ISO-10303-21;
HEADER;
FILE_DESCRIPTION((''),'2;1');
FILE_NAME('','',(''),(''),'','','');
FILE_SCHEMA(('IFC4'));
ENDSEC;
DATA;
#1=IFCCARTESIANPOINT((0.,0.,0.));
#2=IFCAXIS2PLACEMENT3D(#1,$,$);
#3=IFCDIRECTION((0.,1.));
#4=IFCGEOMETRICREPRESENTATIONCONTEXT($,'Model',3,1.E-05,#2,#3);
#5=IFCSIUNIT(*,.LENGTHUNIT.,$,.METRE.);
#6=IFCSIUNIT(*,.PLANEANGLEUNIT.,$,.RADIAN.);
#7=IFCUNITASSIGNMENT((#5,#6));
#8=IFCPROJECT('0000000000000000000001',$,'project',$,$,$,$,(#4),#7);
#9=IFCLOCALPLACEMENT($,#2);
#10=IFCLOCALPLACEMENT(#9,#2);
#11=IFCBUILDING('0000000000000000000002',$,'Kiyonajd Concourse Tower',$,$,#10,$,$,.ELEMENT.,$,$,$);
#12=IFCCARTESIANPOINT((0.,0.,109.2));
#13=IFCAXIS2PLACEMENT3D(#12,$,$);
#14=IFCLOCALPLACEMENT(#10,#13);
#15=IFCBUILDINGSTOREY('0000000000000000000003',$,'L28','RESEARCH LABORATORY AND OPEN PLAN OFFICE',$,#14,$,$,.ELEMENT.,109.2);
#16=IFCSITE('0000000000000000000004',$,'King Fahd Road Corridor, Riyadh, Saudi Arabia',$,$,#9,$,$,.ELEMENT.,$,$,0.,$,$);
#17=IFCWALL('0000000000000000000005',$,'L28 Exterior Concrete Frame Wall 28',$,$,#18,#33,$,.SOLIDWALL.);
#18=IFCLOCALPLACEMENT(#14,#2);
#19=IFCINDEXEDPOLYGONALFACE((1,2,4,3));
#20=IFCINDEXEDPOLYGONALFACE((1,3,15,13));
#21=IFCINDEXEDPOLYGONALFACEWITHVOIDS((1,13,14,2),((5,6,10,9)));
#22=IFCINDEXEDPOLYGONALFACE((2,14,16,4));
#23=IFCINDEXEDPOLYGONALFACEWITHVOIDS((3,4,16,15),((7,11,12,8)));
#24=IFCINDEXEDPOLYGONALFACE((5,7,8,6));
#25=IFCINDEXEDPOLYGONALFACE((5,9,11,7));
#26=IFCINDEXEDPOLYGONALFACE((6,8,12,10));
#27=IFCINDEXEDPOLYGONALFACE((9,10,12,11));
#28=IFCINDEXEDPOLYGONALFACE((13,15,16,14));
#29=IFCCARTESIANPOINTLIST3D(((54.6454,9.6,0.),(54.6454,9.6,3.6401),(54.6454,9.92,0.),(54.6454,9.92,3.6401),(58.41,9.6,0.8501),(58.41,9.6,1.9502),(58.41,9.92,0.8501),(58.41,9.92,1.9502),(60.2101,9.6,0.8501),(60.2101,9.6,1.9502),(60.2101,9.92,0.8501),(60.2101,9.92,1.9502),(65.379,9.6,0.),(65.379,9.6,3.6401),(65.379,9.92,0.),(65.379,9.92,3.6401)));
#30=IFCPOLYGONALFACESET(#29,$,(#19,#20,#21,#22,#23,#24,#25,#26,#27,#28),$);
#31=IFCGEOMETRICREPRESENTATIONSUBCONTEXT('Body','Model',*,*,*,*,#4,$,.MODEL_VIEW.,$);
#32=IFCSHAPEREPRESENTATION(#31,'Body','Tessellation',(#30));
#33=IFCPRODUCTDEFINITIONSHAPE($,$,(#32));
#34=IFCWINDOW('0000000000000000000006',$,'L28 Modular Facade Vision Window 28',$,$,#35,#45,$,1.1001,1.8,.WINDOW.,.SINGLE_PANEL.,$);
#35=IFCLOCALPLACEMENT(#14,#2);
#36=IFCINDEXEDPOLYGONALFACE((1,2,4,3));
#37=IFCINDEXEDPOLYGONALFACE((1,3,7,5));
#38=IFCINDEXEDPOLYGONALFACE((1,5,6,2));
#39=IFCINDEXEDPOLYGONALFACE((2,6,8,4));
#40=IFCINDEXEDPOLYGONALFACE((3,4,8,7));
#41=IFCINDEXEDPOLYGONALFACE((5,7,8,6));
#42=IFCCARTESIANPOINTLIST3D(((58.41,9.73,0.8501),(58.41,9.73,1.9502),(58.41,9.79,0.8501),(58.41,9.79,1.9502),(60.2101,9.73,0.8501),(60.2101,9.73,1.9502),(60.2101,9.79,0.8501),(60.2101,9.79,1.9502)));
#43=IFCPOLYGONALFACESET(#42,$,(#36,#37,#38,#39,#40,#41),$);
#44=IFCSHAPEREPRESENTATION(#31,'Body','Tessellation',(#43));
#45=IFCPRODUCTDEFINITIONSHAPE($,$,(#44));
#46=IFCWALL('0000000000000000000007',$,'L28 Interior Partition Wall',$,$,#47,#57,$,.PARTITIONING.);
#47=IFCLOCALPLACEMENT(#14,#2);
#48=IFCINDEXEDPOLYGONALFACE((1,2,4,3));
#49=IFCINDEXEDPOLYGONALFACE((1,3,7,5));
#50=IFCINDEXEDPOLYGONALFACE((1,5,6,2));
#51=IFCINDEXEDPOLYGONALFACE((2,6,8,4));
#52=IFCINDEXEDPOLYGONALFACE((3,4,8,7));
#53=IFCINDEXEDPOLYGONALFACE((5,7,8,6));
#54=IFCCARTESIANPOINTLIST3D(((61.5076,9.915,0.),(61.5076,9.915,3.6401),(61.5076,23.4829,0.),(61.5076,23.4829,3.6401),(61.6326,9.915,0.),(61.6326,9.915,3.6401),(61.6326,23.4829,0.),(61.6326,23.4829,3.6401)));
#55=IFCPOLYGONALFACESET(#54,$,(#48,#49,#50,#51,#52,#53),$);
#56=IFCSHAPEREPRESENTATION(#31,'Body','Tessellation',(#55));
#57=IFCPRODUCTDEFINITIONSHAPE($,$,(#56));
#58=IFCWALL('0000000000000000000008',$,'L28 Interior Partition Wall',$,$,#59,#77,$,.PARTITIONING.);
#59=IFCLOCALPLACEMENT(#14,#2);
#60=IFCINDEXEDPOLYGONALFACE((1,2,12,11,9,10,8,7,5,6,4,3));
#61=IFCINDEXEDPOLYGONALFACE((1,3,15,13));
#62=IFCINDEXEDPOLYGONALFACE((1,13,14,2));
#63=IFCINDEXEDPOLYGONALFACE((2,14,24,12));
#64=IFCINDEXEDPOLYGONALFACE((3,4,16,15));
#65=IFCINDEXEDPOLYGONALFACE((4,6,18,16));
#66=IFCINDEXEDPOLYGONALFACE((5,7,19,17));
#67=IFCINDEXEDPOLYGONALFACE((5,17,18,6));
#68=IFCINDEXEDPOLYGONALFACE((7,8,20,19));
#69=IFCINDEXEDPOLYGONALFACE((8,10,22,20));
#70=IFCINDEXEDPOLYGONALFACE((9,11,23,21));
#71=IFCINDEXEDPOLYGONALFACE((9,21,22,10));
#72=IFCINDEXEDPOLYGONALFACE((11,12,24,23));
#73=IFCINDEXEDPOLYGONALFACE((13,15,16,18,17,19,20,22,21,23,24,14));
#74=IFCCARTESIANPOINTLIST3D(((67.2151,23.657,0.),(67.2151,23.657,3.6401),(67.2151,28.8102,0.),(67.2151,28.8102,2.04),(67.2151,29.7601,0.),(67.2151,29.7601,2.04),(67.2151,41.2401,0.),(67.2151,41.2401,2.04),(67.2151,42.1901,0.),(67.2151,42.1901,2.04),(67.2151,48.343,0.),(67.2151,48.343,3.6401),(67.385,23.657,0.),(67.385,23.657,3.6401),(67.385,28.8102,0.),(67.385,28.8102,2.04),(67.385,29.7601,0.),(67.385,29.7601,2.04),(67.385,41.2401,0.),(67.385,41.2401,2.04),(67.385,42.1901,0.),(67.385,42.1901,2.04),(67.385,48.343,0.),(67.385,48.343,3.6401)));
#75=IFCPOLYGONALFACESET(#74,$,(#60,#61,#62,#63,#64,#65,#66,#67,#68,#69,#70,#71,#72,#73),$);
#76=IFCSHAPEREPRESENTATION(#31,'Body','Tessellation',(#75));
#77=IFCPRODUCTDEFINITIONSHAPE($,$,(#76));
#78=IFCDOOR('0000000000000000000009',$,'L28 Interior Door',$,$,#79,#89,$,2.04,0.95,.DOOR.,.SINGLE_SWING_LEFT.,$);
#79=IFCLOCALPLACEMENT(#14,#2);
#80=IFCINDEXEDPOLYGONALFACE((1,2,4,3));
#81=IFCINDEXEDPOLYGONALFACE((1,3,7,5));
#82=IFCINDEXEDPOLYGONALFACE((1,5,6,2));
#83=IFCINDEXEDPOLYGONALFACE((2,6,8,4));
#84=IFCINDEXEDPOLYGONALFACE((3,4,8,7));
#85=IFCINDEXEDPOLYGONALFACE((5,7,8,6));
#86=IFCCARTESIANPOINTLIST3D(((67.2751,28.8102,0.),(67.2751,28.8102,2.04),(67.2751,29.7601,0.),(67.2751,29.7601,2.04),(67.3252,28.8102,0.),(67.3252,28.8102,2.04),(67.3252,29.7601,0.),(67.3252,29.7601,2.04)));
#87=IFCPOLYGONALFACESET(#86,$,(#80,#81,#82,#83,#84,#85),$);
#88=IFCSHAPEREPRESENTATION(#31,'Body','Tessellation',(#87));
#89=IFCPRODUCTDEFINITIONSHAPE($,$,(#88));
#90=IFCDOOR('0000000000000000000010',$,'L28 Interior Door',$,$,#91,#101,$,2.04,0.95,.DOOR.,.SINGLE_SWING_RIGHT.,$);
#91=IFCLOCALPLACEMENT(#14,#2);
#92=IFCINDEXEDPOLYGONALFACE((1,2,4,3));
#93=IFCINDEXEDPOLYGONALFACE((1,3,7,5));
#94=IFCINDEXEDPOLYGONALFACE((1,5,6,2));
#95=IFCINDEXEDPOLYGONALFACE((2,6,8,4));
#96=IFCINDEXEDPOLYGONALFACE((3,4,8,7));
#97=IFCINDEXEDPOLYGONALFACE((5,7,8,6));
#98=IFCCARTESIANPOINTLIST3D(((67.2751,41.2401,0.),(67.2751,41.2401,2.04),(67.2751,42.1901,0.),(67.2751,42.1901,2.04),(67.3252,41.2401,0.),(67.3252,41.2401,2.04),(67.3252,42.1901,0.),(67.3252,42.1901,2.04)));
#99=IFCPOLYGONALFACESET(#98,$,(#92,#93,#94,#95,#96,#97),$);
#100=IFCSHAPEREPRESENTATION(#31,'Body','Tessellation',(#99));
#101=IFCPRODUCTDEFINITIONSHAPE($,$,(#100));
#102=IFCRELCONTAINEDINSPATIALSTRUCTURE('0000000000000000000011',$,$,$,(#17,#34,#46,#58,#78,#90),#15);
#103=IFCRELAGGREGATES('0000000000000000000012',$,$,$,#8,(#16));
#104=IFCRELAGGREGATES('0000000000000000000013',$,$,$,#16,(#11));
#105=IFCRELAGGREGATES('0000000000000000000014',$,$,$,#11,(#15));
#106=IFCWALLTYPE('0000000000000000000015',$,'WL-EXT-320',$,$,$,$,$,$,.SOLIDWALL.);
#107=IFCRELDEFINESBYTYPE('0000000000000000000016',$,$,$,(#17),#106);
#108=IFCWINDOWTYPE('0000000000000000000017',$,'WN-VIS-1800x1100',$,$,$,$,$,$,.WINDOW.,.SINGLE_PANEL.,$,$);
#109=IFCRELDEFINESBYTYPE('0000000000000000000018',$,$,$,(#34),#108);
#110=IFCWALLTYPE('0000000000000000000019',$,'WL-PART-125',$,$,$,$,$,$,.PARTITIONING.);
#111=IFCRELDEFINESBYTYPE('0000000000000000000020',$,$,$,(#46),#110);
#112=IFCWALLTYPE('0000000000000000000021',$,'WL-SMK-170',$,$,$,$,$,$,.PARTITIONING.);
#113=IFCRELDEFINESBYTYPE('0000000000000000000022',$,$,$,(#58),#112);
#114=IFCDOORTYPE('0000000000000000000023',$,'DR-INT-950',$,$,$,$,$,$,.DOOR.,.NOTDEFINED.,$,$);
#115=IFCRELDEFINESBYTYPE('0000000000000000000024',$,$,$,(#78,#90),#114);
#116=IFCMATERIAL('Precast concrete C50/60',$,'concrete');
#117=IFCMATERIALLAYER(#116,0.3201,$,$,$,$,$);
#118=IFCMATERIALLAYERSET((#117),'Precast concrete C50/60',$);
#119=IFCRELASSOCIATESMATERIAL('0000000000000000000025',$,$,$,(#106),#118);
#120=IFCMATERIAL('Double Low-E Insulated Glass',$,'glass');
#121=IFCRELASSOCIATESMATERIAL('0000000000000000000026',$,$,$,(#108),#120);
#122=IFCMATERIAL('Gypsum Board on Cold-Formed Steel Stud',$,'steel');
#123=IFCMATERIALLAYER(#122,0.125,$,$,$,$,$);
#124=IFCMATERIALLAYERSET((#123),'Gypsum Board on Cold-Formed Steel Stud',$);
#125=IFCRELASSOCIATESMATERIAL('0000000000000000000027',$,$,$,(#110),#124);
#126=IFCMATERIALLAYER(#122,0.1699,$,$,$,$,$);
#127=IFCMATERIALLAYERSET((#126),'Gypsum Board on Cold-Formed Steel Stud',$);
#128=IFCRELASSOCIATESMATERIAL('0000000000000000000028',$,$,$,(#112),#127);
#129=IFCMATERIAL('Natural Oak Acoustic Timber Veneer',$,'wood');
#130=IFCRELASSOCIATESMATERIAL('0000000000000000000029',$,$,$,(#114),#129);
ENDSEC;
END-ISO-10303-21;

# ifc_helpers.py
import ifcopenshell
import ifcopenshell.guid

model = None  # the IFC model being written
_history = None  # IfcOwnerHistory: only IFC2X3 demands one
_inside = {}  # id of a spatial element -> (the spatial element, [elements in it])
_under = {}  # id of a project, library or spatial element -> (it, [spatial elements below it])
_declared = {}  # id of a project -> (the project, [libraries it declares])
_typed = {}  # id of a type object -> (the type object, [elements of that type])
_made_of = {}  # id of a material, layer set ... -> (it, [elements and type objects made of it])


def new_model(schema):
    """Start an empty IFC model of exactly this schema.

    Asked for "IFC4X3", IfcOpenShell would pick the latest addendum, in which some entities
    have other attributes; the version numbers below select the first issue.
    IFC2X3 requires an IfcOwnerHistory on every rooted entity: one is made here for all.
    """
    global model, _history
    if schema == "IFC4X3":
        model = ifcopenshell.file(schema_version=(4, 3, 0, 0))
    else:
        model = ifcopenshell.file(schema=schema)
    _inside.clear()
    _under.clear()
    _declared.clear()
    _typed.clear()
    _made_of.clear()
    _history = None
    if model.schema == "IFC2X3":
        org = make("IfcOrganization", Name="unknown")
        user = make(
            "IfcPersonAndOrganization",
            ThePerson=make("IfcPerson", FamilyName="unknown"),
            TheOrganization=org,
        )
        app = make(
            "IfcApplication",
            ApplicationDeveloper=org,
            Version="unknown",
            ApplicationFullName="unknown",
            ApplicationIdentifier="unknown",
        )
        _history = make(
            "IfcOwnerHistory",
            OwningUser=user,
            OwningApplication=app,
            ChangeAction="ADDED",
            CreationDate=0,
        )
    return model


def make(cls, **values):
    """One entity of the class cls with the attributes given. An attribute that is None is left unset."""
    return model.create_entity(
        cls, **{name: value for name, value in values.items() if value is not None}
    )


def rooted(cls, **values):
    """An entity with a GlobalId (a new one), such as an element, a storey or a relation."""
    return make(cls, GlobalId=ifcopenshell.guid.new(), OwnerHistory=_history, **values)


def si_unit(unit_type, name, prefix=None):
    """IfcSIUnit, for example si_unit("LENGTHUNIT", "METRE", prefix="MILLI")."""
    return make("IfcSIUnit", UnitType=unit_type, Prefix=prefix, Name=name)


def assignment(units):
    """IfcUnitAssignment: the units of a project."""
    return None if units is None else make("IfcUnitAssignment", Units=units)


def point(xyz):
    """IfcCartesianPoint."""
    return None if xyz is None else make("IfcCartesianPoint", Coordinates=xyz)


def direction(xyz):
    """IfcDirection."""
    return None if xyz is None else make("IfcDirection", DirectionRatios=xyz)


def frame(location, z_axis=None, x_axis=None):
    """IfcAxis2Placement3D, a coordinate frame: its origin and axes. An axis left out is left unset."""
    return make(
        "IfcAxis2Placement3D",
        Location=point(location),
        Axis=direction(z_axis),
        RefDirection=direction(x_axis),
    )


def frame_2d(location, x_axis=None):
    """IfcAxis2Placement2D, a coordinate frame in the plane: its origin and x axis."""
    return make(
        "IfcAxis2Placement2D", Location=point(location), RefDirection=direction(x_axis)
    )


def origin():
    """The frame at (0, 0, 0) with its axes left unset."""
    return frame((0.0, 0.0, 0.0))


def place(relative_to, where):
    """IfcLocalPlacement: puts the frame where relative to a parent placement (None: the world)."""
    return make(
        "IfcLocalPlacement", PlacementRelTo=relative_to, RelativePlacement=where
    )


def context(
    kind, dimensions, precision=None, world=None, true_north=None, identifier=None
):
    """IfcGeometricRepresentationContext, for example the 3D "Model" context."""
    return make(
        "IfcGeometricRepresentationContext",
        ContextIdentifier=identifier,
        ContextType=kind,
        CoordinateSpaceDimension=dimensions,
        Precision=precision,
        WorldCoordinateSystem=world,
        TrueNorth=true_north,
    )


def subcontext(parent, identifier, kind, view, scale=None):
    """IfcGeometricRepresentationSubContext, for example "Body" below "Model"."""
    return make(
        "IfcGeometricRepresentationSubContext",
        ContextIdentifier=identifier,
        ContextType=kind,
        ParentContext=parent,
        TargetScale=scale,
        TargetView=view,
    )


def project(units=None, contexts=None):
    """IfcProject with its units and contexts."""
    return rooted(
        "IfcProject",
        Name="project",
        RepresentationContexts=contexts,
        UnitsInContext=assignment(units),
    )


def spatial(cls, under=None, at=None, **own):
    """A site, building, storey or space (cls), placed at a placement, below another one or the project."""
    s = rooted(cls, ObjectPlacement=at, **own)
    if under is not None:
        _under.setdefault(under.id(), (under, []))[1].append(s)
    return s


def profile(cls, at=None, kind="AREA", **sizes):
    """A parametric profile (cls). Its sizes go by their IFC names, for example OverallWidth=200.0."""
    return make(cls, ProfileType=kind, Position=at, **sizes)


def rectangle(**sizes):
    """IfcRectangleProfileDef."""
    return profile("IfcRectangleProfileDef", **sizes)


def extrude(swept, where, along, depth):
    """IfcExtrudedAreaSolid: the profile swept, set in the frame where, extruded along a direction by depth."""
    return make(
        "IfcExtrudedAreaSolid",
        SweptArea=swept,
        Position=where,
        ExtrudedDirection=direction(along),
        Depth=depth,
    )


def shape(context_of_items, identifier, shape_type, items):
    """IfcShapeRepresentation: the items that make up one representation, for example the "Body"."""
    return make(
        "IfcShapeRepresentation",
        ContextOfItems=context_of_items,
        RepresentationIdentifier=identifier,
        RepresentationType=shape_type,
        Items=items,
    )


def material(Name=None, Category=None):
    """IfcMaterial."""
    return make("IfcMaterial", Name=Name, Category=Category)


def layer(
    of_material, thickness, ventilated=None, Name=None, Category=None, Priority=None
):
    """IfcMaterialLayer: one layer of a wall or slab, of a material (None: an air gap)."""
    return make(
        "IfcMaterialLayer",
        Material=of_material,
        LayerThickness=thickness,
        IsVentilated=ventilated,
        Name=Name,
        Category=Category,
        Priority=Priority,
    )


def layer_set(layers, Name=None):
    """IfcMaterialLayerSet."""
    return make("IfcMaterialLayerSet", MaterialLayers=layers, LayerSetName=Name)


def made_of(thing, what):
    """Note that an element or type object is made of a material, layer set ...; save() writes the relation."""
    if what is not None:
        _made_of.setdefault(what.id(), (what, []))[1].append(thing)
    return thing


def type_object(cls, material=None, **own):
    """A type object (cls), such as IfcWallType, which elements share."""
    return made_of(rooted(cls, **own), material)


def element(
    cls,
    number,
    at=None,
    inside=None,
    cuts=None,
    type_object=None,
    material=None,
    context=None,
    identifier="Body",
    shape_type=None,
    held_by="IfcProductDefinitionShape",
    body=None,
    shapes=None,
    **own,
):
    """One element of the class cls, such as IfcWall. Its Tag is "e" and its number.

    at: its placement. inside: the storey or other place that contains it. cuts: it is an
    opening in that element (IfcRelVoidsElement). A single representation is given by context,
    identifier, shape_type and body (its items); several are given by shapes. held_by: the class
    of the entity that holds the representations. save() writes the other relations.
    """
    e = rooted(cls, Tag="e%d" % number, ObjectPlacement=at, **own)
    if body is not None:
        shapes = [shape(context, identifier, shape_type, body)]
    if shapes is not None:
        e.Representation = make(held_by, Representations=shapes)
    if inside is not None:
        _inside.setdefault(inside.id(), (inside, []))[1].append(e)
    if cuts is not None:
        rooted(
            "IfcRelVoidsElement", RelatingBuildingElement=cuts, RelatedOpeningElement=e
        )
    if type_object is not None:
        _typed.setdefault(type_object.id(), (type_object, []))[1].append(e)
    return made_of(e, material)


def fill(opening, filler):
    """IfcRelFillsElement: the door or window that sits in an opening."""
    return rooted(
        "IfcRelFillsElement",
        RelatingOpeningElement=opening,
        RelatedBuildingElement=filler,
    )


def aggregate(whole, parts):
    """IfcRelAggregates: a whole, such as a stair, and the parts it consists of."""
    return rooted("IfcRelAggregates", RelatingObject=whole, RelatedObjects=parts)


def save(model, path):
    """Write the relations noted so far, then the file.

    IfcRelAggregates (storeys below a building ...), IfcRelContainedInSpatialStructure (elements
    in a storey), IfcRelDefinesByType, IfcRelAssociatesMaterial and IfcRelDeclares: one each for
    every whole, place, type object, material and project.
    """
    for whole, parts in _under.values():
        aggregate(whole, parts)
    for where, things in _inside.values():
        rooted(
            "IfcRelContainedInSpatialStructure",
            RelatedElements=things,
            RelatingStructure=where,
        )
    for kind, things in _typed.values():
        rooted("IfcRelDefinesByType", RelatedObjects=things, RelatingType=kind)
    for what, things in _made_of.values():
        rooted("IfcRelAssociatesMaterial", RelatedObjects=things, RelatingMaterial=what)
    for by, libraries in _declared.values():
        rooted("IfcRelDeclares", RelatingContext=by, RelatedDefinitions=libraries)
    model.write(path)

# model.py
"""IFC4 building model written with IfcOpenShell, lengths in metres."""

from ifc_helpers import new_model, si_unit, direction, frame, frame_2d, origin, place, context, subcontext, project, spatial, rectangle, extrude, material, layer, layer_set, type_object, element, fill, save


model = new_model("IFC4")

# Units and contexts
model_context = context("Model", 3, precision=1e-05, world=origin(), true_north=direction((0.0, 1.0)))
body_context = subcontext(model_context, "Body", "Model", "MODEL_VIEW")
ifc_project = project(units=[si_unit("LENGTHUNIT", "METRE"), si_unit("PLANEANGLEUNIT", "RADIAN")], contexts=[model_context])

# Site, building, storey
site_placement = place(None, origin())
site = spatial("IfcSite", under=ifc_project, at=site_placement, Name="King Fahd Road Corridor, Riyadh, Saudi Arabia", CompositionType="ELEMENT", RefElevation=0.0)
building_placement = place(site_placement, origin())
building = spatial("IfcBuilding", under=site, at=building_placement, Name="Kiyonajd Concourse Tower", CompositionType="ELEMENT")
storey_placement = place(building_placement, frame((0.0, 0.0, 109.2)))
storey = spatial("IfcBuildingStorey", under=building, at=storey_placement, Name="L28", Description="RESEARCH LABORATORY AND OPEN PLAN OFFICE", CompositionType="ELEMENT", Elevation=109.2)

# Shared definitions
ifc_material_1 = material(Name="Precast concrete C50/60", Category="concrete")

# Shared definitions
ifc_material_2 = material(Name="Double Low-E Insulated Glass", Category="glass")

# Shared definitions
ifc_layer_1 = layer(ifc_material_1, 0.3201)
ifc_layer_set_1 = layer_set([ifc_layer_1], Name="Precast concrete C50/60")
wall_type_1 = type_object("IfcWallType", Name="WL-EXT-320", PredefinedType="SOLIDWALL", material=ifc_layer_set_1)

# Wall, opening, window
wall_1_placement = place(storey_placement, frame((65.3789, 9.76, 0.0), z_axis=(0.0, 0.0, 1.0), x_axis=(-1.0, 0.0, 0.0)))
wall_1 = element("IfcWall", 1, at=wall_1_placement, inside=storey, type_object=wall_type_1, Name="L28 Exterior Concrete Frame Wall 28", PredefinedType="SOLIDWALL", context=body_context, shape_type="SweptSolid", body=[
    extrude(rectangle(XDim=10.7336, YDim=0.3201, at=frame_2d((5.3667, 0.0))), origin(), (0.0, 0.0, 1.0), 3.6401),
])
opening_1_placement = place(wall_1_placement, frame((5.1689, 0.0, 0.8501)))
opening_1 = element("IfcOpeningElement", 2, at=opening_1_placement, cuts=wall_1, PredefinedType="OPENING", context=body_context, shape_type="SweptSolid", body=[
    extrude(rectangle(XDim=1.8, YDim=1.1001, at=frame_2d((0.8999, 0.55))), frame((0.0, 0.1699, 0.0), z_axis=(0.0, -1.0, 0.0), x_axis=(1.0, 0.0, 0.0)), (0.0, 0.0, 1.0), 0.3401),
])
window_type = type_object("IfcWindowType", Name="WN-VIS-1800x1100", PartitioningType="SINGLE_PANEL", PredefinedType="WINDOW", material=ifc_material_2)
window_placement = place(opening_1_placement, origin())
window = element("IfcWindow", 3, at=window_placement, inside=storey, type_object=window_type, Name="L28 Modular Facade Vision Window 28", OverallHeight=1.1001, OverallWidth=1.8, PartitioningType="SINGLE_PANEL", PredefinedType="WINDOW", context=body_context, shape_type="SweptSolid", body=[
    extrude(rectangle(XDim=1.8, YDim=1.1001, at=frame_2d((0.8999, 0.55))), frame((0.0, 0.03, 0.0), z_axis=(0.0, -1.0, 0.0), x_axis=(1.0, 0.0, 0.0)), (0.0, 0.0, 1.0), 0.0601),
])
fill(opening_1, window)

# Wall
ifc_material_3 = material(Name="Gypsum Board on Cold-Formed Steel Stud", Category="steel")
ifc_layer_2 = layer(ifc_material_3, 0.125)
ifc_layer_set_2 = layer_set([ifc_layer_2], Name="Gypsum Board on Cold-Formed Steel Stud")
wall_type_2 = type_object("IfcWallType", Name="WL-PART-125", PredefinedType="PARTITIONING", material=ifc_layer_set_2)
wall_2_placement = place(storey_placement, frame((61.5701, 9.915, 0.0), z_axis=(0.0, 0.0, 1.0), x_axis=(0.0, 1.0, 0.0)))
element("IfcWall", 4, at=wall_2_placement, inside=storey, type_object=wall_type_2, Name="L28 Interior Partition Wall", PredefinedType="PARTITIONING", context=body_context, shape_type="SweptSolid", body=[
    extrude(rectangle(XDim=13.5679, YDim=0.125, at=frame_2d((6.7839, 0.0))), origin(), (0.0, 0.0, 1.0), 3.6401),
])

# Wall, openings, doors
ifc_layer_3 = layer(ifc_material_3, 0.1699)
ifc_layer_set_3 = layer_set([ifc_layer_3], Name="Gypsum Board on Cold-Formed Steel Stud")
wall_type_3 = type_object("IfcWallType", Name="WL-SMK-170", PredefinedType="PARTITIONING", material=ifc_layer_set_3)
wall_3_placement = place(storey_placement, frame((67.3, 23.657, 0.0), z_axis=(0.0, 0.0, 1.0), x_axis=(0.0, 1.0, 0.0)))
wall_3 = element("IfcWall", 5, at=wall_3_placement, inside=storey, type_object=wall_type_3, Name="L28 Interior Partition Wall", PredefinedType="PARTITIONING", context=body_context, shape_type="SweptSolid", body=[
    extrude(rectangle(XDim=24.686, YDim=0.1699, at=frame_2d((12.343, 0.0))), origin(), (0.0, 0.0, 1.0), 3.6401),
])
opening_2_placement = place(wall_3_placement, frame((5.1531, 0.0, 0.0)))
opening_2 = element("IfcOpeningElement", 6, at=opening_2_placement, cuts=wall_3, PredefinedType="OPENING", context=body_context, shape_type="SweptSolid", body=[
    extrude(rectangle(XDim=0.95, YDim=2.04, at=frame_2d((0.4751, 1.02))), frame((0.0, 0.095, 0.0), z_axis=(0.0, -1.0, 0.0), x_axis=(1.0, 0.0, 0.0)), (0.0, 0.0, 1.0), 0.1899),
])
opening_3_placement = place(wall_3_placement, frame((17.583, 0.0, 0.0)))
opening_3 = element("IfcOpeningElement", 7, at=opening_3_placement, cuts=wall_3, PredefinedType="OPENING", context=body_context, shape_type="SweptSolid", body=[
    extrude(rectangle(XDim=0.95, YDim=2.04, at=frame_2d((0.4751, 1.02))), frame((0.0, 0.095, 0.0), z_axis=(0.0, -1.0, 0.0), x_axis=(1.0, 0.0, 0.0)), (0.0, 0.0, 1.0), 0.1899),
])
ifc_material_4 = material(Name="Natural Oak Acoustic Timber Veneer", Category="wood")
door_type = type_object("IfcDoorType", Name="DR-INT-950", OperationType="NOTDEFINED", PredefinedType="DOOR", material=ifc_material_4)
door_1_placement = place(opening_2_placement, origin())
door_1 = element("IfcDoor", 8, at=door_1_placement, inside=storey, type_object=door_type, Name="L28 Interior Door", OperationType="SINGLE_SWING_LEFT", OverallHeight=2.04, OverallWidth=0.95, PredefinedType="DOOR", context=body_context, shape_type="SweptSolid", body=[
    extrude(rectangle(XDim=0.95, YDim=2.04, at=frame_2d((0.4751, 1.02))), frame((0.0, 0.0249, 0.0), z_axis=(0.0, -1.0, 0.0), x_axis=(1.0, 0.0, 0.0)), (0.0, 0.0, 1.0), 0.05),
])
fill(opening_2, door_1)
door_2_placement = place(opening_3_placement, origin())
door_2 = element("IfcDoor", 9, at=door_2_placement, inside=storey, type_object=door_type, Name="L28 Interior Door", OperationType="SINGLE_SWING_RIGHT", OverallHeight=2.04, OverallWidth=0.95, PredefinedType="DOOR", context=body_context, shape_type="SweptSolid", body=[
    extrude(rectangle(XDim=0.95, YDim=2.04, at=frame_2d((0.4751, 1.02))), frame((0.0, 0.0249, 0.0), z_axis=(0.0, -1.0, 0.0), x_axis=(1.0, 0.0, 0.0)), (0.0, 0.0, 1.0), 0.05),
])
fill(opening_3, door_2)

save(model, "model.ifc")
